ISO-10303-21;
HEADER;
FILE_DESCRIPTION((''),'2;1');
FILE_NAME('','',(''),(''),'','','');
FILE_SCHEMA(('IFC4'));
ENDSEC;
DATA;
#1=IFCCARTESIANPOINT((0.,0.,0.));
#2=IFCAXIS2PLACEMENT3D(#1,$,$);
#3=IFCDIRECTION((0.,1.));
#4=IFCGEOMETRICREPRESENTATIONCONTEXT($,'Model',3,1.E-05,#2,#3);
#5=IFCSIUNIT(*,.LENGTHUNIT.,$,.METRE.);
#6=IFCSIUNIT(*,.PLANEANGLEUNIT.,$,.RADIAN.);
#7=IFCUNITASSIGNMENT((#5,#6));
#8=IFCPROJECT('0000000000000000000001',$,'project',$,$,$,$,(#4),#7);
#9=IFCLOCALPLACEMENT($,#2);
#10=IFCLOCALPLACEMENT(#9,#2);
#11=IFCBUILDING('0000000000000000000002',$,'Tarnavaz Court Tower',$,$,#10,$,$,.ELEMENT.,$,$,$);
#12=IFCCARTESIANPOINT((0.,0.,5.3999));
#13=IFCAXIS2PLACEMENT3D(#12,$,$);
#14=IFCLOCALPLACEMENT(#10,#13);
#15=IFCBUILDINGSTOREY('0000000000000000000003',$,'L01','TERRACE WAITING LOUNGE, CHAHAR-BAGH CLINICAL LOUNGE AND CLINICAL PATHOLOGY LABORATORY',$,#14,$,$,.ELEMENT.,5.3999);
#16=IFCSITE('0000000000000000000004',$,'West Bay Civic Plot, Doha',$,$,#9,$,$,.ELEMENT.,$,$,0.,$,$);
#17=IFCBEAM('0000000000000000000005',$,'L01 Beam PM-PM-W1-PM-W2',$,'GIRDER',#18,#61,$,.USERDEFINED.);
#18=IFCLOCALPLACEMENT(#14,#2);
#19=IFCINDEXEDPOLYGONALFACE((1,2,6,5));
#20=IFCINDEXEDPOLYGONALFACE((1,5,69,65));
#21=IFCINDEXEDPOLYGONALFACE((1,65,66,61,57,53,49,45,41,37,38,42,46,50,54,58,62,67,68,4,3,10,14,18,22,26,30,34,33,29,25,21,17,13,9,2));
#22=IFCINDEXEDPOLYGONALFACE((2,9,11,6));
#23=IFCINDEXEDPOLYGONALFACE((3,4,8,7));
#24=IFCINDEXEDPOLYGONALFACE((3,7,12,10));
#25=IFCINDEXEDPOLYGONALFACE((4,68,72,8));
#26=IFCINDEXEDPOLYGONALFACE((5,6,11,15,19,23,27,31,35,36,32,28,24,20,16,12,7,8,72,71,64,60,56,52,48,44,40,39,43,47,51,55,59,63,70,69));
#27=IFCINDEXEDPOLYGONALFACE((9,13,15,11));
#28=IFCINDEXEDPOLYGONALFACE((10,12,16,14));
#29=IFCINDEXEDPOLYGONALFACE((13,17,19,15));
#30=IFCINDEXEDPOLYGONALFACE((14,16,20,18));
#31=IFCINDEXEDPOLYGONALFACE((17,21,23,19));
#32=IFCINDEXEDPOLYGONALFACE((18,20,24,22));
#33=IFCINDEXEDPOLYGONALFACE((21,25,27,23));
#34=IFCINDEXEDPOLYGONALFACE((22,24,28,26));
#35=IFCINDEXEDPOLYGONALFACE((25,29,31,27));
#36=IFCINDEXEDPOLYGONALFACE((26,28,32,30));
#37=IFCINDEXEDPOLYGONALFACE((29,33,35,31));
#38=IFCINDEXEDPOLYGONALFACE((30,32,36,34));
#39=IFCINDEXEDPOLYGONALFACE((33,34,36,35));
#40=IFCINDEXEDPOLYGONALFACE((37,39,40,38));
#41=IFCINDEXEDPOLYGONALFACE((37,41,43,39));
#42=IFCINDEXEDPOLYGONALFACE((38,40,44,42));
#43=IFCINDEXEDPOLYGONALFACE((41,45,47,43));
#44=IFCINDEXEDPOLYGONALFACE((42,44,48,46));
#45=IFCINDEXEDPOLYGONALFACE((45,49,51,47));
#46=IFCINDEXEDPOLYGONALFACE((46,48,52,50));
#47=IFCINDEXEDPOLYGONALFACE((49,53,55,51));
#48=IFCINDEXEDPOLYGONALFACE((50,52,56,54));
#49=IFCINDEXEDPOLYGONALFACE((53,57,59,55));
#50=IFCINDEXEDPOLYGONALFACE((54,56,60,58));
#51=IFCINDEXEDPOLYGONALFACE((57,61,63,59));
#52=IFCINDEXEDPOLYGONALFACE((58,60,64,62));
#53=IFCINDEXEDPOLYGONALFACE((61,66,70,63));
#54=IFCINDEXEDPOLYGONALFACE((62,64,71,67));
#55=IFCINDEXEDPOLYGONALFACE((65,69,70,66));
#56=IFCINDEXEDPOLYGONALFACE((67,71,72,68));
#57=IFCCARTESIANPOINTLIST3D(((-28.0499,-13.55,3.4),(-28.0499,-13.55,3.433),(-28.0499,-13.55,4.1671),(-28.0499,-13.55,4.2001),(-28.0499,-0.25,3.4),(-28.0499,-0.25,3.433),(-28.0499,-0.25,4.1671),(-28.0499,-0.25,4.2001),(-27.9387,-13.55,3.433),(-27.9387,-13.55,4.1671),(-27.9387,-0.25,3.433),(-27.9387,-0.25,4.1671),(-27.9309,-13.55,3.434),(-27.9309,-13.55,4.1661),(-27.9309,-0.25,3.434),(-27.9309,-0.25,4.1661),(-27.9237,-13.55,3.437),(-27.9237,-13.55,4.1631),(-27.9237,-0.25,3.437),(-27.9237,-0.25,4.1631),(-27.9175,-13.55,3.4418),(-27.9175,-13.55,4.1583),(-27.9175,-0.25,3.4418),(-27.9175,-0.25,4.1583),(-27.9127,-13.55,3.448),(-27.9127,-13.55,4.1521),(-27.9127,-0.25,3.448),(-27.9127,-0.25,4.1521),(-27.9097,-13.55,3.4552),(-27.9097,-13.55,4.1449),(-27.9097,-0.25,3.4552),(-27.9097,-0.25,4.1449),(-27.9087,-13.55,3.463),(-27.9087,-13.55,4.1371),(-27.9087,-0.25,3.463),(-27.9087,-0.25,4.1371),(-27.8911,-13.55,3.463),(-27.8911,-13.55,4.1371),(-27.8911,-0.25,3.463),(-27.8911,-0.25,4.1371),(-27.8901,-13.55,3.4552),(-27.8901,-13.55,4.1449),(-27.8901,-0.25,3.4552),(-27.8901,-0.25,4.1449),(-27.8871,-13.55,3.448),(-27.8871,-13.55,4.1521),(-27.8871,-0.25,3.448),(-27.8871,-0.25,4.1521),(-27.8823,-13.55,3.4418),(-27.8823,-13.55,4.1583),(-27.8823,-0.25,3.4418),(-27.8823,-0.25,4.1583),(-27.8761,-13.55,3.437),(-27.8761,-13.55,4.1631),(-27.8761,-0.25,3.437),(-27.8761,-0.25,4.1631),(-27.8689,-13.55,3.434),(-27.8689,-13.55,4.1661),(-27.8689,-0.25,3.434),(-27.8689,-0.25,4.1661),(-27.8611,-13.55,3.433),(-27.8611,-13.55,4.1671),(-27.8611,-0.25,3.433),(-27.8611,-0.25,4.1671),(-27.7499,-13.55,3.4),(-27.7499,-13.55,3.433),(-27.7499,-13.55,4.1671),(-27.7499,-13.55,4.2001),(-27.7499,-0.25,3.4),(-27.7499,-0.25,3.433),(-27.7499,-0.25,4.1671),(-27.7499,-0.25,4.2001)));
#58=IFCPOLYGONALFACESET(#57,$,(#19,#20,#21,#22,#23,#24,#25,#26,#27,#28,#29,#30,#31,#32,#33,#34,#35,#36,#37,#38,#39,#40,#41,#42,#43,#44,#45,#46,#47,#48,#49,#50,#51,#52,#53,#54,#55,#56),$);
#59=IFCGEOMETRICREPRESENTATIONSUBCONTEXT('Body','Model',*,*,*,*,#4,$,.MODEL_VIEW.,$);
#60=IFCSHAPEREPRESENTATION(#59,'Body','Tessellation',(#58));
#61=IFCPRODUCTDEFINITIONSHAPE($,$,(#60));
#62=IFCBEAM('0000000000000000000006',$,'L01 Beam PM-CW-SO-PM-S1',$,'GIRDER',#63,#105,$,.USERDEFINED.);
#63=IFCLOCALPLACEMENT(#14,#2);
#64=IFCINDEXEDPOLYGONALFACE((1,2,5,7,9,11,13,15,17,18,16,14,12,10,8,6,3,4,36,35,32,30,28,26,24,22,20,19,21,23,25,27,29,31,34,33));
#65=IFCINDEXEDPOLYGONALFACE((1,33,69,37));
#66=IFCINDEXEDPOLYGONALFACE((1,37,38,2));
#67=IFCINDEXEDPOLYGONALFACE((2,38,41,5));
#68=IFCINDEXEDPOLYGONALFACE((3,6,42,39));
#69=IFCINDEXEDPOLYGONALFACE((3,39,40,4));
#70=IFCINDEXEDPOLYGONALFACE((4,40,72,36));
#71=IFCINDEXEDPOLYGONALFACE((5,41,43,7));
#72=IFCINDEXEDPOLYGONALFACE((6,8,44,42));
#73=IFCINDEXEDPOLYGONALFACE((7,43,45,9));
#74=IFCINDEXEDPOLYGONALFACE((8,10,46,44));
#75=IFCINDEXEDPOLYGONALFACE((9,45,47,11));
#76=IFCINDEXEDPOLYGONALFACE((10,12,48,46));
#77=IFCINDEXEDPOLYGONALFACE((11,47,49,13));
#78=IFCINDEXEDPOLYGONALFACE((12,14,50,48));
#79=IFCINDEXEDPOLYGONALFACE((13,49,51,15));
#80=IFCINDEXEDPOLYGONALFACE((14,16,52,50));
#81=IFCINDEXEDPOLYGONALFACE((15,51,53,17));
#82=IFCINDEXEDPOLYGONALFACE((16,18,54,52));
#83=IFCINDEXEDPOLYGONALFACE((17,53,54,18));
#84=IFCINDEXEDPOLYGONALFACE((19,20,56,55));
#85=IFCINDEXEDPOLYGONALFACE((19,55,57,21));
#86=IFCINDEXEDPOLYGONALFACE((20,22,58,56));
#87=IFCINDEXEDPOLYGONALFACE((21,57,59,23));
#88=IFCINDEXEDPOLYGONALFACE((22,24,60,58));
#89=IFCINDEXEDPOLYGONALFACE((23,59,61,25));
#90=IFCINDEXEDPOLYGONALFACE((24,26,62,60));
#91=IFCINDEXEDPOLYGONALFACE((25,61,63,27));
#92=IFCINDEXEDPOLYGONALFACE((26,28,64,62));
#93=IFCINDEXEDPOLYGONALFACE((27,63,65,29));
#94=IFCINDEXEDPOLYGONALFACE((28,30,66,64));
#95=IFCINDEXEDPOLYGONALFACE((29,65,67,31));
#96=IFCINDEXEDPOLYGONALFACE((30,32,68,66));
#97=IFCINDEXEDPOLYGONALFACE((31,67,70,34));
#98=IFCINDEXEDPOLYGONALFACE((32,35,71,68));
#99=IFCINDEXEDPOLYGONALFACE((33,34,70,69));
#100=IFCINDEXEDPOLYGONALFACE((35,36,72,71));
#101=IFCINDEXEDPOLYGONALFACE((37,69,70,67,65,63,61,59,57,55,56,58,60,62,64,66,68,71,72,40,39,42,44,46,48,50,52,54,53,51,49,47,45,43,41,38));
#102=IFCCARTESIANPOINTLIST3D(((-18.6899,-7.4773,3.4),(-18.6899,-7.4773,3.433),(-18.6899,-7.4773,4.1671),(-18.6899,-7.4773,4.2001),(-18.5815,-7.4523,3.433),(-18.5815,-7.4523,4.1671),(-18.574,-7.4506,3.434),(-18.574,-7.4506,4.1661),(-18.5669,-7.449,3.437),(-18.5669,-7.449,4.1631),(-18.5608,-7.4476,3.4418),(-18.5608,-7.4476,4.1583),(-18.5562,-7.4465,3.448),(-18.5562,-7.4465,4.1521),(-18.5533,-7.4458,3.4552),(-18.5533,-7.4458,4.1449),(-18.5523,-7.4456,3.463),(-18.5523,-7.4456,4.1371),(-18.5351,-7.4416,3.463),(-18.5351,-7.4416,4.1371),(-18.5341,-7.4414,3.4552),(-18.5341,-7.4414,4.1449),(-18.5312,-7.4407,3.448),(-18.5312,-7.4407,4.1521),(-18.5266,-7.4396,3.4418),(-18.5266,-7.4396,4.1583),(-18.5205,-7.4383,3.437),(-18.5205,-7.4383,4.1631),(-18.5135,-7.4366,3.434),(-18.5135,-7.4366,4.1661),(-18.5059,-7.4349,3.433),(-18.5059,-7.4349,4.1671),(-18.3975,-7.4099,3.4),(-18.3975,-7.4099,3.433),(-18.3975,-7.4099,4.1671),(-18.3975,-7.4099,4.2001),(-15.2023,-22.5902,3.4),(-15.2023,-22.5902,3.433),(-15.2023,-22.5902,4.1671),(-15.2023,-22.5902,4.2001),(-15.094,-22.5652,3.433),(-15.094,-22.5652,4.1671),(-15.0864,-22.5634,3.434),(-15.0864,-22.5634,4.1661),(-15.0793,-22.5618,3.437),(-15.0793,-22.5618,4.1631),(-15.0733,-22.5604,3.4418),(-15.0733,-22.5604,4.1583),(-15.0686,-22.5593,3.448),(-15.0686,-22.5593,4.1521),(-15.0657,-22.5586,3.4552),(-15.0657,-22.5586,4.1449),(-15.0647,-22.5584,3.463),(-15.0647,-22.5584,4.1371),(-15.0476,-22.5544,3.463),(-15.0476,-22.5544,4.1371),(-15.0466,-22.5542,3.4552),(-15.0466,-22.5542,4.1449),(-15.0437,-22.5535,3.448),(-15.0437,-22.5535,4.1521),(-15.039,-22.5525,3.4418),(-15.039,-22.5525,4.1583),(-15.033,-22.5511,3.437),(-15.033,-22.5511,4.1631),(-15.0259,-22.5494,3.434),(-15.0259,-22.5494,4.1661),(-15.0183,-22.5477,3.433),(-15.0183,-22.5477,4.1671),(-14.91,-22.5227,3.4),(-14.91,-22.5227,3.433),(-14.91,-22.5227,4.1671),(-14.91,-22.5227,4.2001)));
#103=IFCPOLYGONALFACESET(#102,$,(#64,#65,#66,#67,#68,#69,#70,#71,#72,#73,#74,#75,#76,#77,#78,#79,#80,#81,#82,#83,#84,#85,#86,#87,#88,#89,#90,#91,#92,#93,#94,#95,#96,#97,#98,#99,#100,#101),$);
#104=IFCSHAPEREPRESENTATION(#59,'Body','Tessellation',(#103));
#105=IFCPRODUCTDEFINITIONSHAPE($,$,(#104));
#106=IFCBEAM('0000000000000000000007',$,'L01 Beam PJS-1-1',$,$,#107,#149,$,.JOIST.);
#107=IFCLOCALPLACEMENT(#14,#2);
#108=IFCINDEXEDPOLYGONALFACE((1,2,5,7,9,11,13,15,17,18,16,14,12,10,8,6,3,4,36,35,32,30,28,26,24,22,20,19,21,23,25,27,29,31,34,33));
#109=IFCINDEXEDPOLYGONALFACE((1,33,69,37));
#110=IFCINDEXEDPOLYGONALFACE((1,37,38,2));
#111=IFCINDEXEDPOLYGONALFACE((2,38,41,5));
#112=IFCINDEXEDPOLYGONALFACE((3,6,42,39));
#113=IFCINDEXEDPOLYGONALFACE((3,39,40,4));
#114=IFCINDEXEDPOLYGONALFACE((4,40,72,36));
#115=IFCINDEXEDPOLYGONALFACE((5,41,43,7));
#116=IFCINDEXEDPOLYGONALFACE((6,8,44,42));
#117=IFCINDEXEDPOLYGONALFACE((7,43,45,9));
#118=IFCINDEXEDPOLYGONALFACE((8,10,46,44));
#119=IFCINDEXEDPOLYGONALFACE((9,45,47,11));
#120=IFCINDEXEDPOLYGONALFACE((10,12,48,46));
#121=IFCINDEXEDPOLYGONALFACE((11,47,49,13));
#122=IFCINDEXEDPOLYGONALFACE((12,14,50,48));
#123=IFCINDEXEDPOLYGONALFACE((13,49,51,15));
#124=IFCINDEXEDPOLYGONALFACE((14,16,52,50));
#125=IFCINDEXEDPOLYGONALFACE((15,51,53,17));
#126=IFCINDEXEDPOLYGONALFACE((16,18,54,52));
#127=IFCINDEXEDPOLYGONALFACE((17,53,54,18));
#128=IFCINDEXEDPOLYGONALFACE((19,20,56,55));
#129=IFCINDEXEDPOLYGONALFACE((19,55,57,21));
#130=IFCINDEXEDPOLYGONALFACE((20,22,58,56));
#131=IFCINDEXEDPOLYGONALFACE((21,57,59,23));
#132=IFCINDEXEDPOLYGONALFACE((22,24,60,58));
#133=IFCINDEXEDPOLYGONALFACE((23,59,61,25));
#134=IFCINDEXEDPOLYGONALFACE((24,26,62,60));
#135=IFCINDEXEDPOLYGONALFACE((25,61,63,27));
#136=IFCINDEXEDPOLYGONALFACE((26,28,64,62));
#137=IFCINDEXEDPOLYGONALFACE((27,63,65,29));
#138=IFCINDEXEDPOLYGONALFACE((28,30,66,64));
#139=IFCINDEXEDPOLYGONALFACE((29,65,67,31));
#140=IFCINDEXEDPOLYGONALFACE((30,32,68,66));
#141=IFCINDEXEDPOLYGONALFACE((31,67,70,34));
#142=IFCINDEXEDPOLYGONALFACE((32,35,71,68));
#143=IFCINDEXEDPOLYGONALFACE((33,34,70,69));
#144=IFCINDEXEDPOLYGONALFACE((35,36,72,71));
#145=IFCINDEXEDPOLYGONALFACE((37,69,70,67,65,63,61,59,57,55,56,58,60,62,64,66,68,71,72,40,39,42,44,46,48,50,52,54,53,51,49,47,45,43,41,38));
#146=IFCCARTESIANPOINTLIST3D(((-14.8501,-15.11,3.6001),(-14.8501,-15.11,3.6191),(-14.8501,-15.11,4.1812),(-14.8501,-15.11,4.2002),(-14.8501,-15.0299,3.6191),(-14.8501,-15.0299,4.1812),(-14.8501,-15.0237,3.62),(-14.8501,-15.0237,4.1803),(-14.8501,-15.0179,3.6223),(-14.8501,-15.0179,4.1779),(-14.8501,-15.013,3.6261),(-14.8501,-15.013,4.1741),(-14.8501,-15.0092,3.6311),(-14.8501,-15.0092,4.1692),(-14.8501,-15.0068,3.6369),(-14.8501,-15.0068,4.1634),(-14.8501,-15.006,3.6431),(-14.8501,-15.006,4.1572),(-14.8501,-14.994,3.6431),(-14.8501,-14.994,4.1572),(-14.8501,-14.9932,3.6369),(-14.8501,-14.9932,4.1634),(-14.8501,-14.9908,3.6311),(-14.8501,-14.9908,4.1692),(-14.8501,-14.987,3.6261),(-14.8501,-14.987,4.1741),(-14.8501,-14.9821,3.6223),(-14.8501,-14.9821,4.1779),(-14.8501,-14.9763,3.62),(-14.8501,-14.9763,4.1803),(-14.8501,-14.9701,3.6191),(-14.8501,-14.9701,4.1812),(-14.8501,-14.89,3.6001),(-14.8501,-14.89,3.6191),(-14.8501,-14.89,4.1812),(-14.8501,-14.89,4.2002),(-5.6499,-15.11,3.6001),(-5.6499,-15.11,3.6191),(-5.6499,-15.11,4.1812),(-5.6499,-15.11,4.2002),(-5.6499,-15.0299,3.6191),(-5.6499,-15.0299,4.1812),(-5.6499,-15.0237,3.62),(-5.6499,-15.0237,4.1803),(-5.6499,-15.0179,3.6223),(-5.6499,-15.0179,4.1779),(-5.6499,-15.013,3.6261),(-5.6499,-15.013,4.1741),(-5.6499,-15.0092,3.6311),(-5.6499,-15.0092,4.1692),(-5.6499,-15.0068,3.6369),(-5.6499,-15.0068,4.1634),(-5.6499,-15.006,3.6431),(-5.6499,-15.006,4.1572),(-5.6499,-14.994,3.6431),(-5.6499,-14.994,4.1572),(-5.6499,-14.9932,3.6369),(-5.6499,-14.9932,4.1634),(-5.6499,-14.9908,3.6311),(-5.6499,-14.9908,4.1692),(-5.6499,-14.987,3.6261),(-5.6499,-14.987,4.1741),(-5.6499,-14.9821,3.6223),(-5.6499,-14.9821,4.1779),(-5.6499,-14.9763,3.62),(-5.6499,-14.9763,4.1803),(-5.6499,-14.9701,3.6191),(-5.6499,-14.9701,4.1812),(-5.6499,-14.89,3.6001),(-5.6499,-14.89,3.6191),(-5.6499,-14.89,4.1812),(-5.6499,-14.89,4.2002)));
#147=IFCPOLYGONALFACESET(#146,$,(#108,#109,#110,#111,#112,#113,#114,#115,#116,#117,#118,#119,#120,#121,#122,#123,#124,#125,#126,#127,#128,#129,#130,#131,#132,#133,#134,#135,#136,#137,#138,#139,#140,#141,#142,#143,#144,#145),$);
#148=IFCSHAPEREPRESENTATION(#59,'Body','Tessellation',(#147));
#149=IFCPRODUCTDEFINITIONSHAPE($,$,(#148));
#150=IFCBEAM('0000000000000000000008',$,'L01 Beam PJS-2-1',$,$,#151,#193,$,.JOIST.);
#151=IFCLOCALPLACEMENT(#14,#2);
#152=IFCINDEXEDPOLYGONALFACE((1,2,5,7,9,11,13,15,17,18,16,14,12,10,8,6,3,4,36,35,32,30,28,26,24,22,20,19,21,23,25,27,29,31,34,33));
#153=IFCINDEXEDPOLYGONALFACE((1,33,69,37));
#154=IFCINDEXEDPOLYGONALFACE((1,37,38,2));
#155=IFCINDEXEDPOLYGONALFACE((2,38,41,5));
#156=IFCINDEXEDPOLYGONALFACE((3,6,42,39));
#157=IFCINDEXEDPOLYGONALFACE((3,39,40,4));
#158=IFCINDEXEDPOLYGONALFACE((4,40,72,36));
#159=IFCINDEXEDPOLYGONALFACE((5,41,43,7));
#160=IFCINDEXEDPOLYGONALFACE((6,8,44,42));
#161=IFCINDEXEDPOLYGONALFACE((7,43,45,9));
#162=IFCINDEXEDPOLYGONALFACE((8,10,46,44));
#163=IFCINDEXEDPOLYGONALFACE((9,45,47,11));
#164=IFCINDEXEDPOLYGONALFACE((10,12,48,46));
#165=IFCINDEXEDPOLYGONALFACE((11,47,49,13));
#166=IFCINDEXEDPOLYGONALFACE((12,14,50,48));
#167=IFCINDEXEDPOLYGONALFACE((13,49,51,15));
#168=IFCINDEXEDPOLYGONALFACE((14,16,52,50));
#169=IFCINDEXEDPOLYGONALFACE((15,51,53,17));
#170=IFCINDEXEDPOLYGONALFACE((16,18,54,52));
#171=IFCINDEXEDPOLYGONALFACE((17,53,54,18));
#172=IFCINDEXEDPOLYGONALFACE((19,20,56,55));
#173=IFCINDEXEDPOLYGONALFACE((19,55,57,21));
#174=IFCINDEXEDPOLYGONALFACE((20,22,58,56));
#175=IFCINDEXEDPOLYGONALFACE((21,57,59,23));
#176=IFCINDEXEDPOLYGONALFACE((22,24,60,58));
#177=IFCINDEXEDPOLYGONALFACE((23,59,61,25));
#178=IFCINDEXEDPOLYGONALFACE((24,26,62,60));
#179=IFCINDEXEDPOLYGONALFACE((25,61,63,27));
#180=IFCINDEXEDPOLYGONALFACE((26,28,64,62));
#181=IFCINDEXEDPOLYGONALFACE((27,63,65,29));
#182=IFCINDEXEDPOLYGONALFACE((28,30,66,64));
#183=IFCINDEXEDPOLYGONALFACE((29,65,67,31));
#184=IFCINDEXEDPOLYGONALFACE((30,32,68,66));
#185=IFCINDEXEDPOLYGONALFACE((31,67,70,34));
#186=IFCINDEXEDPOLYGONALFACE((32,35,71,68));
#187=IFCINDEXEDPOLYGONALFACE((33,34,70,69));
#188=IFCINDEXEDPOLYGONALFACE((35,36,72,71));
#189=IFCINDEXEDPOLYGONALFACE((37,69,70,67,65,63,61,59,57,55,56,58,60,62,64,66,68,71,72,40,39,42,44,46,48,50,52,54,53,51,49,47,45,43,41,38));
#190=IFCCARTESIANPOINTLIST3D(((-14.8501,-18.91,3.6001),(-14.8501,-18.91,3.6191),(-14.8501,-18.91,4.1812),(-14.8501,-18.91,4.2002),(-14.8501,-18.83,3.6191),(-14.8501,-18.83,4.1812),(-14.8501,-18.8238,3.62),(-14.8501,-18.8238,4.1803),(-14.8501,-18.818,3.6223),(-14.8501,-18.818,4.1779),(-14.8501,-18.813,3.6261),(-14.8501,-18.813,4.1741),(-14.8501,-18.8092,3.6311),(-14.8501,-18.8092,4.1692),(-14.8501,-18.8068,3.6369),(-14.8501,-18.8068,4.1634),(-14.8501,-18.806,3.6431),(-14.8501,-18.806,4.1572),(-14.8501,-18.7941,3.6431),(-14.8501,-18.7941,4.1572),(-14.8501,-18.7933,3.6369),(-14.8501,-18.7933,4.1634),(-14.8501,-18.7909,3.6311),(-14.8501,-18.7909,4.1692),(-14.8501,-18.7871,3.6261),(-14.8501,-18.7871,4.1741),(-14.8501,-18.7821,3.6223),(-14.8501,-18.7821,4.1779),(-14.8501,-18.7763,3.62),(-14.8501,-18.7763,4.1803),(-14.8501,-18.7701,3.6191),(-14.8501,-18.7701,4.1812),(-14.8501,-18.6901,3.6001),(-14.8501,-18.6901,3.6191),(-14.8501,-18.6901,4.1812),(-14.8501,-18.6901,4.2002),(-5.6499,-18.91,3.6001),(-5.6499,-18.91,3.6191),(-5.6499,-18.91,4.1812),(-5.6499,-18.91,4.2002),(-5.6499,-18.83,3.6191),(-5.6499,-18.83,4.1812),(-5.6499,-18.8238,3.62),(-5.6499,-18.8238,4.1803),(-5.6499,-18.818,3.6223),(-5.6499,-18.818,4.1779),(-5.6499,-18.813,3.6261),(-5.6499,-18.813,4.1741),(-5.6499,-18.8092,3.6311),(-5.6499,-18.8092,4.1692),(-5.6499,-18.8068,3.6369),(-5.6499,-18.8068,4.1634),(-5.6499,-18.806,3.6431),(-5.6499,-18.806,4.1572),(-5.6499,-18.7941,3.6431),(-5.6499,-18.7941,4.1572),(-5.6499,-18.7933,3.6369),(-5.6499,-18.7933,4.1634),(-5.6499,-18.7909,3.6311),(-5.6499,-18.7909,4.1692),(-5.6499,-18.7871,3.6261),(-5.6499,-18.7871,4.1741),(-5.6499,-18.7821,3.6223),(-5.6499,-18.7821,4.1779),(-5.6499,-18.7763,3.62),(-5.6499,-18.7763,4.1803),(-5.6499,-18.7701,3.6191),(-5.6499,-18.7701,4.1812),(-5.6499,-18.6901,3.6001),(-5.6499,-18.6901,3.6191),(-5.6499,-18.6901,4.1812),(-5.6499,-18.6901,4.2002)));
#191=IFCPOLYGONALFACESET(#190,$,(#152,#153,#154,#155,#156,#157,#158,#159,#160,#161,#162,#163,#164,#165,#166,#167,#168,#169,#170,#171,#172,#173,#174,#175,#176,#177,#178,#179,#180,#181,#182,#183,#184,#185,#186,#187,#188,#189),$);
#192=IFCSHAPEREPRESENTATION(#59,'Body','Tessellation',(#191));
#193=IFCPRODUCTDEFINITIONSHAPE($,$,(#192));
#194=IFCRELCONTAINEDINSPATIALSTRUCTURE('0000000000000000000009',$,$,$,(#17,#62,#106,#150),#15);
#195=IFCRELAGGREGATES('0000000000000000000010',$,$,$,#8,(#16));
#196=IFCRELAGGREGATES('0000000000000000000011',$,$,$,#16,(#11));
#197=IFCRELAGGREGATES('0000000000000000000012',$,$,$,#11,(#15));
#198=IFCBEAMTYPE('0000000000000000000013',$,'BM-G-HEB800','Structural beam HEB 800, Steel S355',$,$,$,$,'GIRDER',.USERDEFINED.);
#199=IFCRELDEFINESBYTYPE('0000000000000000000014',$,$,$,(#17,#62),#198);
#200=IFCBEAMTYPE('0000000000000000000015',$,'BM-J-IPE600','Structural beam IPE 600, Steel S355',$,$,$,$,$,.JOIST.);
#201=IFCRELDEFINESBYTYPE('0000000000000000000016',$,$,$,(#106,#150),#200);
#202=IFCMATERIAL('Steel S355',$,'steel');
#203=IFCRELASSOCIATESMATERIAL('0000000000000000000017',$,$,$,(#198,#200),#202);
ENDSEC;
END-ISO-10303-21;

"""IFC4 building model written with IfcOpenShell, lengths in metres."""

from ifc_helpers import new_model, si_unit, direction, frame, origin, origin_2d, place, context, subcontext, project, spatial, i_section, extrude, material, material_profile, profile_set, type_object, element, save


model = new_model("IFC4")

# Units and contexts
model_context = context("Model", 3, precision=1e-05, world=origin(), true_north=direction((0.0, 1.0)))
body_context = subcontext(model_context, "Body", "Model", "MODEL_VIEW")
ifc_project = project(units=[si_unit("LENGTHUNIT", "METRE"), si_unit("PLANEANGLEUNIT", "RADIAN")], contexts=[model_context])

# Site, building, storey
site_placement = place(None, origin())
site = spatial("IfcSite", under=ifc_project, at=site_placement, Name="West Bay Civic Plot, Doha", CompositionType="ELEMENT", RefElevation=0.0)
building_placement = place(site_placement, origin())
building = spatial("IfcBuilding", under=site, at=building_placement, Name="Tarnavaz Court Tower", CompositionType="ELEMENT")
storey_placement = place(building_placement, frame((0.0, 0.0, 5.3999)))
storey = spatial("IfcBuildingStorey", under=building, at=storey_placement, Name="L01", Description="TERRACE WAITING LOUNGE, CHAHAR-BAGH CLINICAL LOUNGE AND CLINICAL PATHOLOGY LABORATORY", CompositionType="ELEMENT", Elevation=5.3999)

# Beams
ifc_material_1 = material(Name="Steel S355", Category="steel")
ifc_material_profile_1 = material_profile(ifc_material_1, i_section(OverallWidth=0.3, OverallDepth=0.8, WebThickness=0.0176, FlangeThickness=0.033, FilletRadius=0.03, at=origin_2d()), Name="HEB 800")
ifc_profile_set_1 = profile_set([ifc_material_profile_1], Name="Steel S355")
beam_type_1 = type_object("IfcBeamType", Name="BM-G-HEB800", Description="Structural beam HEB 800, Steel S355", ElementType="GIRDER", PredefinedType="USERDEFINED", material=ifc_profile_set_1)
beam_1_placement = place(storey_placement, frame((-27.8999, -13.55, 3.8), z_axis=(0.0, 1.0, 0.0), x_axis=(-1.0, 0.0, 0.0)))
element("IfcBeam", 1, at=beam_1_placement, inside=storey, type_object=beam_type_1, Name="L01 Beam PM-PM-W1-PM-W2", ObjectType="GIRDER", PredefinedType="USERDEFINED", context=body_context, shape_type="SweptSolid", body=[
    extrude(i_section(OverallWidth=0.3, OverallDepth=0.8, WebThickness=0.0176, FlangeThickness=0.033, FilletRadius=0.03, at=origin_2d()), origin(), (0.0, 0.0, 1.0), 13.3),
])
beam_2_placement = place(storey_placement, frame((-18.5437, -7.4436, 3.8), z_axis=(0.224858, -0.974391, 0.0), x_axis=(0.974391, 0.224858, 0.0)))
element("IfcBeam", 2, at=beam_2_placement, inside=storey, type_object=beam_type_1, Name="L01 Beam PM-CW-SO-PM-S1", ObjectType="GIRDER", PredefinedType="USERDEFINED", context=body_context, shape_type="SweptSolid", body=[
    extrude(i_section(OverallWidth=0.3, OverallDepth=0.8, WebThickness=0.0176, FlangeThickness=0.033, FilletRadius=0.03, at=origin_2d()), origin(), (0.0, 0.0, 1.0), 15.51),
])
ifc_material_profile_2 = material_profile(ifc_material_1, i_section(OverallWidth=0.22, OverallDepth=0.6001, WebThickness=0.012, FlangeThickness=0.019, FilletRadius=0.0239, at=origin_2d()), Name="IPE 600")
ifc_profile_set_2 = profile_set([ifc_material_profile_2], Name="Steel S355")
beam_type_2 = type_object("IfcBeamType", Name="BM-J-IPE600", Description="Structural beam IPE 600, Steel S355", PredefinedType="JOIST", material=ifc_profile_set_2)
for number, where, z_axis, x_axis, name in (
    (3, (-14.8501, -15.0, 3.9001), (1.0, 0.0, 0.0), (0.0, 1.0, 0.0), "L01 Beam PJS-1-1"),
    (4, (-14.8501, -18.8, 3.9001), (1.0, 0.0, 0.0), (0.0, 1.0, 0.0), "L01 Beam PJS-2-1"),
):
    element("IfcBeam", number, at=place(storey_placement, frame(where, z_axis=z_axis, x_axis=x_axis)), inside=storey, type_object=beam_type_2, Name=name, PredefinedType="JOIST", context=body_context, shape_type="SweptSolid", body=[
        extrude(i_section(OverallWidth=0.22, OverallDepth=0.6001, WebThickness=0.012, FlangeThickness=0.019, FilletRadius=0.0239, at=origin_2d()), origin(), (0.0, 0.0, 1.0), 9.2002),
    ])

save(model, "model.ifc")
